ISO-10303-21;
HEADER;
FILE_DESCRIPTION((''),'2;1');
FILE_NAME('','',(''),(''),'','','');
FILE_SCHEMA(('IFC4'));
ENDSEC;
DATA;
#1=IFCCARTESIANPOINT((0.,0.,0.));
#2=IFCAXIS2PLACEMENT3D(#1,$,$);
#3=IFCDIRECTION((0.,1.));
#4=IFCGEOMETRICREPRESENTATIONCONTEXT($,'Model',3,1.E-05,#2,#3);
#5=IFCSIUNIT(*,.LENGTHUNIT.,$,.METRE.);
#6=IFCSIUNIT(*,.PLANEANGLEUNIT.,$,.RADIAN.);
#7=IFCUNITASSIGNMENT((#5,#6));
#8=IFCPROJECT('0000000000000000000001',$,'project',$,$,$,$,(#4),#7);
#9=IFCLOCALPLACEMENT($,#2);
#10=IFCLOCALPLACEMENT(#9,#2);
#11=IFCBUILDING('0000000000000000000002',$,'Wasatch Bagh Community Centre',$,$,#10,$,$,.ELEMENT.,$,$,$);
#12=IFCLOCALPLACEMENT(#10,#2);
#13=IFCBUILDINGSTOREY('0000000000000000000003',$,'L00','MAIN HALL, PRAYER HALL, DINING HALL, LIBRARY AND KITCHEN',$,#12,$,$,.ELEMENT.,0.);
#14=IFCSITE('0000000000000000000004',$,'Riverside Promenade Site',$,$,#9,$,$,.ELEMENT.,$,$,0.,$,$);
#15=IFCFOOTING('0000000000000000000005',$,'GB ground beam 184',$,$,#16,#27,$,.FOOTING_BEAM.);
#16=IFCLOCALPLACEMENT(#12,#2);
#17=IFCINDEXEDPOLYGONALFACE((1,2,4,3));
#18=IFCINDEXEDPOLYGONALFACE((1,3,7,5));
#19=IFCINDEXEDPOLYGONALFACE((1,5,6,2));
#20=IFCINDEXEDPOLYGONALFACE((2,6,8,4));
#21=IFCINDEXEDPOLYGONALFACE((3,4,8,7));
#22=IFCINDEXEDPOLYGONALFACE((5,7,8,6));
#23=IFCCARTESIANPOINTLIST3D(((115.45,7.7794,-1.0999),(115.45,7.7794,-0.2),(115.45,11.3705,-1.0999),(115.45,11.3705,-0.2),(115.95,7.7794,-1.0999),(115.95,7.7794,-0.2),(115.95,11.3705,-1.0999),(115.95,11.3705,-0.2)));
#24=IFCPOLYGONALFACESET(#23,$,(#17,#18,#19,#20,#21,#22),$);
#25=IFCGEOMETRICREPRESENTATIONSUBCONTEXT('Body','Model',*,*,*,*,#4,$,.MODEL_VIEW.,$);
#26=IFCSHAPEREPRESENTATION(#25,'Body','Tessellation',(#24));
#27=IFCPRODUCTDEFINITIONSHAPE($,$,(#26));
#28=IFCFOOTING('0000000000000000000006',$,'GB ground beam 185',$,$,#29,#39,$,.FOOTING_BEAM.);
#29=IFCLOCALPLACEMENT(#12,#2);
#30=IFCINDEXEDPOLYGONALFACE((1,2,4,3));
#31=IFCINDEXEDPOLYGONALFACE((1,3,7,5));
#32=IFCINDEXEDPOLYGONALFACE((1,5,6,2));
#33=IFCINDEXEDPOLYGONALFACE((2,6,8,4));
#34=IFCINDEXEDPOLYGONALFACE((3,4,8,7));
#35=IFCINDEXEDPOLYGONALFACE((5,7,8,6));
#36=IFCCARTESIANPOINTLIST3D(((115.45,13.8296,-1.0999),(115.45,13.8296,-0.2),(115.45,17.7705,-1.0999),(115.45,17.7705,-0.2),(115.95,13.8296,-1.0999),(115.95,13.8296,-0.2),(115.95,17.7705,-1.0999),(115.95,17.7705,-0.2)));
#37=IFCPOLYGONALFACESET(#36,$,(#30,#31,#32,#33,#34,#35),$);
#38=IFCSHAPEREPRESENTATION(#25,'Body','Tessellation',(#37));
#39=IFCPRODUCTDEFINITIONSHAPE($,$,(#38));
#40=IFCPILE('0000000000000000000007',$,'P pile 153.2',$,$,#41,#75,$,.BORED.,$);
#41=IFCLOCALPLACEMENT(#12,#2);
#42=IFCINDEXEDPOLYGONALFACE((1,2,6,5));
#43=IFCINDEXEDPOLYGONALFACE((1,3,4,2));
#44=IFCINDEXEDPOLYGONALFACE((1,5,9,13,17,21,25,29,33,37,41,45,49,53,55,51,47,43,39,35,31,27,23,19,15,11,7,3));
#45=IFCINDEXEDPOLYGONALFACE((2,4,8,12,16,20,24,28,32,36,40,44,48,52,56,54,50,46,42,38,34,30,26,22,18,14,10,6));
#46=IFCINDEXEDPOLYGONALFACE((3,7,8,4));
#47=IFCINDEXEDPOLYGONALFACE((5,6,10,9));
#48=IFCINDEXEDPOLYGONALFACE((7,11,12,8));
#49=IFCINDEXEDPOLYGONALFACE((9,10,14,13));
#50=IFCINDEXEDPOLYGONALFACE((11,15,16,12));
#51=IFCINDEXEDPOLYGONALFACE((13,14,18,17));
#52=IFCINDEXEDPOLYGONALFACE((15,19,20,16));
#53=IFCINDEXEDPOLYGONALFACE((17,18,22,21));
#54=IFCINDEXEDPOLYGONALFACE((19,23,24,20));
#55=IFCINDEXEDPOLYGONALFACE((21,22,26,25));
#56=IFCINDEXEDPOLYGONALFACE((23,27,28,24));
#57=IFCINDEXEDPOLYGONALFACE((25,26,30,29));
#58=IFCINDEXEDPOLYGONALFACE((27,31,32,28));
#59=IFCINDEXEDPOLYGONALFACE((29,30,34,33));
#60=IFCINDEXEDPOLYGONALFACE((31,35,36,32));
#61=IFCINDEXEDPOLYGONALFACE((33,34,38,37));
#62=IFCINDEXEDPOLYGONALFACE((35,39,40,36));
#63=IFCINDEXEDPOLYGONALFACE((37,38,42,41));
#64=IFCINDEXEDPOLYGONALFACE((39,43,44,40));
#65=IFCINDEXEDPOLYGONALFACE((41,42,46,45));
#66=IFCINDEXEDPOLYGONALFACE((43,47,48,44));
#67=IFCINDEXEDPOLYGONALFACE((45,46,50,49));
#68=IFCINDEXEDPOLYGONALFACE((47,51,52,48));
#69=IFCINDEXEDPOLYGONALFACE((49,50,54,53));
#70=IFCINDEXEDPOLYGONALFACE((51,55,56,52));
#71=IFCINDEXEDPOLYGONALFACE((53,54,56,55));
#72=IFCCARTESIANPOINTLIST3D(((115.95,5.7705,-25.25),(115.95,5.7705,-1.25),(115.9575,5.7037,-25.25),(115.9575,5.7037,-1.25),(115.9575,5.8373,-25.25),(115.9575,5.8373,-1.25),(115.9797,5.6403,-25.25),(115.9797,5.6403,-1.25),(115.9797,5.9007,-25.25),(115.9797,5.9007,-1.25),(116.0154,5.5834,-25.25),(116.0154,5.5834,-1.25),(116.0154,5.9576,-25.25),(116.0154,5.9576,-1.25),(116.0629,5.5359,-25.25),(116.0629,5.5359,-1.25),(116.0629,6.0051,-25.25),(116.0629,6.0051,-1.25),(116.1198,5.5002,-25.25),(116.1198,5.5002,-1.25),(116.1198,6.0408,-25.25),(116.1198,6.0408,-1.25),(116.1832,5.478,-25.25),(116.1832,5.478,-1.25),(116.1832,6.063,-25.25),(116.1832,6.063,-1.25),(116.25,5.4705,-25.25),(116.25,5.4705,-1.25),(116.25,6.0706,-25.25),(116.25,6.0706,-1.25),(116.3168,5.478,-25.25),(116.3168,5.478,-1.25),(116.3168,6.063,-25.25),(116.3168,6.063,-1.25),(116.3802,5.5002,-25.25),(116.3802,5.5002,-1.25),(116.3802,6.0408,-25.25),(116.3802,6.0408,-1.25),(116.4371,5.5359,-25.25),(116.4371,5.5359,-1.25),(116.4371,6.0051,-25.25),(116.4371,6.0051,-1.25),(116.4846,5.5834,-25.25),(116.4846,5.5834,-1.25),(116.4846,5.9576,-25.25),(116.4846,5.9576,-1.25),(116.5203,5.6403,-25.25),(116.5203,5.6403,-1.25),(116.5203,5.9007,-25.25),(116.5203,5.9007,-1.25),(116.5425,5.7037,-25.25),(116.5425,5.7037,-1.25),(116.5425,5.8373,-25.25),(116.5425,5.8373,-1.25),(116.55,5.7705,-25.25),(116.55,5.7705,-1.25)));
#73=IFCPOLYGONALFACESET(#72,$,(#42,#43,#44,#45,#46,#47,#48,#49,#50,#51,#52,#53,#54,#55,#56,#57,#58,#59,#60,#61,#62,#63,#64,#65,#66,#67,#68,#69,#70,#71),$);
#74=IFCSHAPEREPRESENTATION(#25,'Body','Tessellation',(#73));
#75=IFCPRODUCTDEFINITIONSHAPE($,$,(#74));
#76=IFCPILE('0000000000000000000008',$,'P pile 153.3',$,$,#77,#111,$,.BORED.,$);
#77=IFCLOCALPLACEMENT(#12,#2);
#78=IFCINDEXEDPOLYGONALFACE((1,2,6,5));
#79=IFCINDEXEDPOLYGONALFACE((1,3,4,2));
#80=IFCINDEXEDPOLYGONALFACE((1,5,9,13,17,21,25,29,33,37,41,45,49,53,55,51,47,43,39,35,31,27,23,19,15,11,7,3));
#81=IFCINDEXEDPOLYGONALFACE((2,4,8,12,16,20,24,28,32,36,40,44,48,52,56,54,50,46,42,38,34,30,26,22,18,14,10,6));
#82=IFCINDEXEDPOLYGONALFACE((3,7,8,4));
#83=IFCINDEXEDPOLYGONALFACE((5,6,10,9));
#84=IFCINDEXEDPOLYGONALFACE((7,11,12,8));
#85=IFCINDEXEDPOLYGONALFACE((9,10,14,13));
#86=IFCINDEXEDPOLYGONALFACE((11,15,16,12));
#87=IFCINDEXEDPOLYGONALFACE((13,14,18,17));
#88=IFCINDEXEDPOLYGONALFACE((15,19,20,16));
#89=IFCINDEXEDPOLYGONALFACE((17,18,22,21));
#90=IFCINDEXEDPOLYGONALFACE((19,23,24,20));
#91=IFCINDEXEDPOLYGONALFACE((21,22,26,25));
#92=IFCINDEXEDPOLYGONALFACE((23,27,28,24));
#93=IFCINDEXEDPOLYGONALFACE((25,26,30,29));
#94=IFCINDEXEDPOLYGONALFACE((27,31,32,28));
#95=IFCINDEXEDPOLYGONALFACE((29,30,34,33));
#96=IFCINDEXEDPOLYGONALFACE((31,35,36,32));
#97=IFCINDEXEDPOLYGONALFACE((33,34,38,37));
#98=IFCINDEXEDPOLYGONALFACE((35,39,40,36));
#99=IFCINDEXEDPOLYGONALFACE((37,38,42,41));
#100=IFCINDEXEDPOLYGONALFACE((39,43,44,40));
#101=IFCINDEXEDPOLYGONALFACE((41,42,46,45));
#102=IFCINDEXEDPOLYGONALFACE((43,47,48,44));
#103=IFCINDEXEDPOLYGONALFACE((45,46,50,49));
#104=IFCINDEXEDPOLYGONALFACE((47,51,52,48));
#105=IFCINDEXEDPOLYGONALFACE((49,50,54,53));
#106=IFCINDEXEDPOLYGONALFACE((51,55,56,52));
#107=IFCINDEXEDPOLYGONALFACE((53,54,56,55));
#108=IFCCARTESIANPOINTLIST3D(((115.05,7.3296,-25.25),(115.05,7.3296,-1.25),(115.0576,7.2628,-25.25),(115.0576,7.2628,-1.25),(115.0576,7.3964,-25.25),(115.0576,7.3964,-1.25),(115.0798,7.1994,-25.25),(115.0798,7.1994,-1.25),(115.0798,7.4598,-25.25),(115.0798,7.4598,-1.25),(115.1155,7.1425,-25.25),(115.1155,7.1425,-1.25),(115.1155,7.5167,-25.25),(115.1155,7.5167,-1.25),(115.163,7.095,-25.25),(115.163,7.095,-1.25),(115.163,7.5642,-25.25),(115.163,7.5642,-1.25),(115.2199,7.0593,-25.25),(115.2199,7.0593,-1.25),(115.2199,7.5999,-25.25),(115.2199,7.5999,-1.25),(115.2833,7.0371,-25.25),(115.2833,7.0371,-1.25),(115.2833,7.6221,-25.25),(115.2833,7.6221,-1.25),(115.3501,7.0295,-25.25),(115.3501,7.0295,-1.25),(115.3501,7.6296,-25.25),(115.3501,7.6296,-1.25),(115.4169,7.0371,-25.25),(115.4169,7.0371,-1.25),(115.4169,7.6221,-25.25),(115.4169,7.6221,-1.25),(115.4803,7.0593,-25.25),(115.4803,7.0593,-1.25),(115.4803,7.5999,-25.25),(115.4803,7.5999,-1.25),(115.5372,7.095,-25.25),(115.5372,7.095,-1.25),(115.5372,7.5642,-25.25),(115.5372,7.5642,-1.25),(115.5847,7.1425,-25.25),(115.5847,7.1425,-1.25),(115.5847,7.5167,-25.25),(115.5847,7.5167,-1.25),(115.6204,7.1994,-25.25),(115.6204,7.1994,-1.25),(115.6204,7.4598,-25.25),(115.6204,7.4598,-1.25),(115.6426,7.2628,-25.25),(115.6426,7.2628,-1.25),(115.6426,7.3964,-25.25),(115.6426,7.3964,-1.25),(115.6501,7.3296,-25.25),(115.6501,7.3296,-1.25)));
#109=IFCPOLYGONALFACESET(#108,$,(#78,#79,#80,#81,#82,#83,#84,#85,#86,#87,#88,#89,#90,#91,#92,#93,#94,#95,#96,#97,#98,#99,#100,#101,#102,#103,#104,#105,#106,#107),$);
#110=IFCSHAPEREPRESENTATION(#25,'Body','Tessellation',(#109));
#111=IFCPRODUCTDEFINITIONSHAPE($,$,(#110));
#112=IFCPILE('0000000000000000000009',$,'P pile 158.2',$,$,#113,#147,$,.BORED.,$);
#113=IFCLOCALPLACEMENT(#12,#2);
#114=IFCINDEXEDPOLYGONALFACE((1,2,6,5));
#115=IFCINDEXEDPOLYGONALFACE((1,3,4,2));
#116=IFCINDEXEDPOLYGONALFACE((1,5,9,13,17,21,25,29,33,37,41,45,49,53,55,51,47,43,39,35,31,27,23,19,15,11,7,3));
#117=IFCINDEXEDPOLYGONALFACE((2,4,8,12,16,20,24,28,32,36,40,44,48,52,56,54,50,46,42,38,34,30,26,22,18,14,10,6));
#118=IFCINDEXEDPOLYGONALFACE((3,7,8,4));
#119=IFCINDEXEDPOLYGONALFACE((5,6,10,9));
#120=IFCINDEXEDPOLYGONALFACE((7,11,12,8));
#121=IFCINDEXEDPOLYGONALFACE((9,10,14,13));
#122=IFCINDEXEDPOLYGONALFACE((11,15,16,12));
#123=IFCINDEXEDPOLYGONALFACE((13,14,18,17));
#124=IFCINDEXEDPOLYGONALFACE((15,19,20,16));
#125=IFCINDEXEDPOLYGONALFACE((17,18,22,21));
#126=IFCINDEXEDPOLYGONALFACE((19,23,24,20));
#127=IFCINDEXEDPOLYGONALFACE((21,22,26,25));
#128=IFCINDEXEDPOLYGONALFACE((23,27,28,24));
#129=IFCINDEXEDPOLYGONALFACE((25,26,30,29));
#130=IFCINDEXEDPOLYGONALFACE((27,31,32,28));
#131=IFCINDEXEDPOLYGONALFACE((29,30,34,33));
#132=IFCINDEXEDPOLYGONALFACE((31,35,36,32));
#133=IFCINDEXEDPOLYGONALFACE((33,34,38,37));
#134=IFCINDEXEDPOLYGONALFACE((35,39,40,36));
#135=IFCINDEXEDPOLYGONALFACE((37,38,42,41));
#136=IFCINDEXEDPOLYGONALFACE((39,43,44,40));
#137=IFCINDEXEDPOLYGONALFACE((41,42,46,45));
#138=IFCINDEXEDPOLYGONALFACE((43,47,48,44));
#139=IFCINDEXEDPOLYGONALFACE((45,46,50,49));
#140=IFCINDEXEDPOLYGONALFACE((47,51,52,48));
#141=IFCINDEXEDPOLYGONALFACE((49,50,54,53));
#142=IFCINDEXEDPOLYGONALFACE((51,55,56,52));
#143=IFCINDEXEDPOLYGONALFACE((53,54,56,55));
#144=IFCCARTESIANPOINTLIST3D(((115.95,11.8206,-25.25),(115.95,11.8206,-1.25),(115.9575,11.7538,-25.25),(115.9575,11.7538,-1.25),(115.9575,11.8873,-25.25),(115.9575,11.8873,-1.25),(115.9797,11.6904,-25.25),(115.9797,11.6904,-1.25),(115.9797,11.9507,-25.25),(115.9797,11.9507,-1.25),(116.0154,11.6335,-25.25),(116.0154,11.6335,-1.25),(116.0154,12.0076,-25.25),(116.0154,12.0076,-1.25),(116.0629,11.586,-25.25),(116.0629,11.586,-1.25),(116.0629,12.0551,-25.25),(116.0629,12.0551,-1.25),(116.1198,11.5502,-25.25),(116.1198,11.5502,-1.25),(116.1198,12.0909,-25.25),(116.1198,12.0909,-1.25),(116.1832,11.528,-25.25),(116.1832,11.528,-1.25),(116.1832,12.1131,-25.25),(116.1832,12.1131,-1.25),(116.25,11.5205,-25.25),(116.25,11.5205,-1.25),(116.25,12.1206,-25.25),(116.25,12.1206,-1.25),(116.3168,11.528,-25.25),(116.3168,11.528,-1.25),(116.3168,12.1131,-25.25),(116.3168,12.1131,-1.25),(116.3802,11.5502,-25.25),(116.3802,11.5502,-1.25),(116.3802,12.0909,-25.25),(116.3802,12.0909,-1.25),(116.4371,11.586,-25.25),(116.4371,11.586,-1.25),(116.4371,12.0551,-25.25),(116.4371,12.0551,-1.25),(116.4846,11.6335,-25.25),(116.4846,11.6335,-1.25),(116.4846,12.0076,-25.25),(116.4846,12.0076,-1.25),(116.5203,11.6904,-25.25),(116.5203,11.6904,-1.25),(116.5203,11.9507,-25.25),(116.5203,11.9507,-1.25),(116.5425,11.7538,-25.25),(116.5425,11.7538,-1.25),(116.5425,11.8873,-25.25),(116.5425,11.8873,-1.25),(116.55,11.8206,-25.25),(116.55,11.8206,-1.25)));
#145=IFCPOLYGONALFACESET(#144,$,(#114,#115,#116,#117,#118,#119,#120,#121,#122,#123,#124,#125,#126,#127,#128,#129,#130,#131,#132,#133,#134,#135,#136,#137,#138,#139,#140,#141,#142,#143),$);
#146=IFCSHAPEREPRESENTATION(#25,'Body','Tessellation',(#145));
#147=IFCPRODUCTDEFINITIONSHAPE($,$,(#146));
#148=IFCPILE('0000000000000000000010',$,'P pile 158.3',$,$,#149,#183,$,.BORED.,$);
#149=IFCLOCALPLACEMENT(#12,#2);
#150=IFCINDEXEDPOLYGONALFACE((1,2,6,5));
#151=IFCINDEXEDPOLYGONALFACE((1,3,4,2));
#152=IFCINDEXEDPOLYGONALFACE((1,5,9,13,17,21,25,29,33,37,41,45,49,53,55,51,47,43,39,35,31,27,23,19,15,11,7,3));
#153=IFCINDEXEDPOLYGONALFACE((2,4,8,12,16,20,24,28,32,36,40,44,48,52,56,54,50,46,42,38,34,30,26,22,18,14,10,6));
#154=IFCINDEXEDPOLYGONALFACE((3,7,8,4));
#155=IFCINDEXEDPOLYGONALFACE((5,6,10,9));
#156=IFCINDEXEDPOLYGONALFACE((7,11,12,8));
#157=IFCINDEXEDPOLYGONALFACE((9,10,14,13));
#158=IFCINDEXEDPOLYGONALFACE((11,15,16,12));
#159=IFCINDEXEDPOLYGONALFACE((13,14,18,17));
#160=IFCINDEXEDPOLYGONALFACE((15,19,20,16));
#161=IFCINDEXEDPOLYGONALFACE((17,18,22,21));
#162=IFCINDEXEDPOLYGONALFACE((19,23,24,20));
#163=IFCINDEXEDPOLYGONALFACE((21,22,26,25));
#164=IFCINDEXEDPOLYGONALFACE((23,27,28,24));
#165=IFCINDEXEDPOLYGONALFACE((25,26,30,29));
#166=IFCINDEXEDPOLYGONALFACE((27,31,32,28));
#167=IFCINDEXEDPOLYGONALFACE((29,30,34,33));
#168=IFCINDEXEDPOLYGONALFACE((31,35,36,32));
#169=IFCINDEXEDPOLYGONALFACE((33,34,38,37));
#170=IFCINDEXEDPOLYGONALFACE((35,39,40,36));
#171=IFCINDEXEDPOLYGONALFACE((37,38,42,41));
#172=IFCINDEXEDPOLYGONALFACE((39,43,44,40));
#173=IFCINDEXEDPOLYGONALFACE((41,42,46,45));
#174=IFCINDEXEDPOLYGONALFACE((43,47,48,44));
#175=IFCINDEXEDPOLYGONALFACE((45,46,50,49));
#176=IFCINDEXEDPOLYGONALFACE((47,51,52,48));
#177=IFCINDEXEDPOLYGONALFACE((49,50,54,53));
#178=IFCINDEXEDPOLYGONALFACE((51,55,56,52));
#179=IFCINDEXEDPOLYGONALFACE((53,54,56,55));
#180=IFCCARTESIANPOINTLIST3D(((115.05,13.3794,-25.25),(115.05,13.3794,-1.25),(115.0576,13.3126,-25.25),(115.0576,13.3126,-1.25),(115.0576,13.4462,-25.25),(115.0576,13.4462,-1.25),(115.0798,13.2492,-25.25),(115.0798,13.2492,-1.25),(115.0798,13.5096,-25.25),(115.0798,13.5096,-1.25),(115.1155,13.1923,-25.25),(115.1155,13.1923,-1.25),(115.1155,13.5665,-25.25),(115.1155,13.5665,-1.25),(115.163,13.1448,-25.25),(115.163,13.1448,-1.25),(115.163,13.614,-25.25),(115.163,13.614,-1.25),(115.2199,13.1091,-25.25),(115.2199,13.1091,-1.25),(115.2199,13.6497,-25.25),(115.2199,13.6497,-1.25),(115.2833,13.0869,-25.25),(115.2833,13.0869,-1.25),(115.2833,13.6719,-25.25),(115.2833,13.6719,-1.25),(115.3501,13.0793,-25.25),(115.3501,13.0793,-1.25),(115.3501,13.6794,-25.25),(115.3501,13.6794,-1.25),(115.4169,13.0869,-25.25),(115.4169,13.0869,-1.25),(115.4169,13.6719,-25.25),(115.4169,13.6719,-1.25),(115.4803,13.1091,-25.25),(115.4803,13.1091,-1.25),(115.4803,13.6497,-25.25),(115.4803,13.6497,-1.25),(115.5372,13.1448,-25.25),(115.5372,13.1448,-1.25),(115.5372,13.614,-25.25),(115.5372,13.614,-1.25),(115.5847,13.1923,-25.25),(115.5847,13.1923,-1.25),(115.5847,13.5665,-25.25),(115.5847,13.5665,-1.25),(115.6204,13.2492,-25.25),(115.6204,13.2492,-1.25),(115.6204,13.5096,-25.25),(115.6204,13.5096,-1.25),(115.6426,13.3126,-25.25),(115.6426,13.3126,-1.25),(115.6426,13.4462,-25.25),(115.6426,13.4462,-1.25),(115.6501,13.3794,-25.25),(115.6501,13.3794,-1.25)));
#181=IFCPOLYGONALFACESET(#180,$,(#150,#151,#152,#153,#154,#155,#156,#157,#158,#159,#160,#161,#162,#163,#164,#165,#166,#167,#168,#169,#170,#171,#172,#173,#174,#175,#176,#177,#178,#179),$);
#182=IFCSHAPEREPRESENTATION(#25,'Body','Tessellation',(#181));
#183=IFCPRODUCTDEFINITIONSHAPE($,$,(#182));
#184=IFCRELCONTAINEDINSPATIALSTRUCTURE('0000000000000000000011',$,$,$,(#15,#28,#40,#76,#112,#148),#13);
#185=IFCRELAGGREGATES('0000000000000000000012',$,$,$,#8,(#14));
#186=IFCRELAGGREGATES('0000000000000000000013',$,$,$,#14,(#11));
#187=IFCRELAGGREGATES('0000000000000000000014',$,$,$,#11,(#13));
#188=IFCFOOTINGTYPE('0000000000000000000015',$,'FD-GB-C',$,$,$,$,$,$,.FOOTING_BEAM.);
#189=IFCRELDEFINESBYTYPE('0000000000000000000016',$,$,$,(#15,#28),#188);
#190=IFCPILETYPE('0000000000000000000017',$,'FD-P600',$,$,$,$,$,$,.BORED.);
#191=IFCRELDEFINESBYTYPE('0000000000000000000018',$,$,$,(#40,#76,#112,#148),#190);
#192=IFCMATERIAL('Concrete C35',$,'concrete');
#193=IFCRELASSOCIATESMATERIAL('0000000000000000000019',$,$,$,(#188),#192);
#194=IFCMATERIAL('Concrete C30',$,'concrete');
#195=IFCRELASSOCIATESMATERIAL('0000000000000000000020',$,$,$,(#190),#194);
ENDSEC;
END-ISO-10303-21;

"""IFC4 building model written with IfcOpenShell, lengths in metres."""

from ifc_helpers import new_model, si_unit, direction, frame, origin, origin_2d, place, context, subcontext, project, spatial, rectangle, circle, extrude, material, material_profile, profile_set, type_object, element, save


model = new_model("IFC4")

# Units and contexts
model_context = context("Model", 3, precision=1e-05, world=origin(), true_north=direction((0.0, 1.0)))
body_context = subcontext(model_context, "Body", "Model", "MODEL_VIEW")
ifc_project = project(units=[si_unit("LENGTHUNIT", "METRE"), si_unit("PLANEANGLEUNIT", "RADIAN")], contexts=[model_context])

# Site, building, storey
site_placement = place(None, origin())
site = spatial("IfcSite", under=ifc_project, at=site_placement, Name="Riverside Promenade Site", CompositionType="ELEMENT", RefElevation=0.0)
building_placement = place(site_placement, origin())
building = spatial("IfcBuilding", under=site, at=building_placement, Name="Wasatch Bagh Community Centre", CompositionType="ELEMENT")
storey_placement = place(building_placement, origin())
storey = spatial("IfcBuildingStorey", under=building, at=storey_placement, Name="L00", Description="MAIN HALL, PRAYER HALL, DINING HALL, LIBRARY AND KITCHEN", CompositionType="ELEMENT", Elevation=0.0)

# Footings
ifc_material_1 = material(Name="Concrete C35", Category="concrete")
footing_type_1 = type_object("IfcFootingType", Name="FD-GB-C", PredefinedType="FOOTING_BEAM", material=ifc_material_1)
footing_1_placement = place(storey_placement, frame((115.7, 9.575, -1.0999), z_axis=(0.0, 0.0, 1.0), x_axis=(0.0, 1.0, 0.0)))
element("IfcFooting", 1, at=footing_1_placement, inside=storey, type_object=footing_type_1, Name="GB ground beam 184", PredefinedType="FOOTING_BEAM", context=body_context, shape_type="SweptSolid", body=[
    extrude(rectangle(XDim=3.5911, YDim=0.5, at=origin_2d()), origin(), (0.0, 0.0, 1.0), 0.8999),
])
footing_2_placement = place(storey_placement, frame((115.7, 15.8, -1.0999), z_axis=(0.0, 0.0, 1.0), x_axis=(0.0, 1.0, 0.0)))
element("IfcFooting", 2, at=footing_2_placement, inside=storey, type_object=footing_type_1, Name="GB ground beam 185", PredefinedType="FOOTING_BEAM", context=body_context, shape_type="SweptSolid", body=[
    extrude(rectangle(XDim=3.9409, YDim=0.5, at=origin_2d()), origin(), (0.0, 0.0, 1.0), 0.8999),
])

# Piles
ifc_material_2 = material(Name="Concrete C30", Category="concrete")
ifc_material_profile_1 = material_profile(ifc_material_2, circle(Radius=0.3, at=origin_2d()), Name="RC D600")
ifc_profile_set_1 = profile_set([ifc_material_profile_1], Name="Concrete C30")
pile_type = type_object("IfcPileType", Name="FD-P600", PredefinedType="BORED", material=ifc_profile_set_1)
for number, where, z_axis, x_axis, name in (
    (3, (116.25, 5.7705, -1.25), (0.0, 0.0, -1.0), (1.0, 0.0, 0.0), "P pile 153.2"),
    (4, (115.3501, 7.3296, -1.25), (0.0, 0.0, -1.0), (1.0, 0.0, 0.0), "P pile 153.3"),
    (5, (116.25, 11.8206, -1.25), (0.0, 0.0, -1.0), (1.0, 0.0, 0.0), "P pile 158.2"),
    (6, (115.3501, 13.3794, -1.25), (0.0, 0.0, -1.0), (1.0, 0.0, 0.0), "P pile 158.3"),
):
    element("IfcPile", number, at=place(storey_placement, frame(where, z_axis=z_axis, x_axis=x_axis)), inside=storey, type_object=pile_type, Name=name, PredefinedType="BORED", context=body_context, shape_type="SweptSolid", body=[
        extrude(circle(Radius=0.3, at=origin_2d()), origin(), (0.0, 0.0, 1.0), 24.0),
    ])

save(model, "model.ifc")
